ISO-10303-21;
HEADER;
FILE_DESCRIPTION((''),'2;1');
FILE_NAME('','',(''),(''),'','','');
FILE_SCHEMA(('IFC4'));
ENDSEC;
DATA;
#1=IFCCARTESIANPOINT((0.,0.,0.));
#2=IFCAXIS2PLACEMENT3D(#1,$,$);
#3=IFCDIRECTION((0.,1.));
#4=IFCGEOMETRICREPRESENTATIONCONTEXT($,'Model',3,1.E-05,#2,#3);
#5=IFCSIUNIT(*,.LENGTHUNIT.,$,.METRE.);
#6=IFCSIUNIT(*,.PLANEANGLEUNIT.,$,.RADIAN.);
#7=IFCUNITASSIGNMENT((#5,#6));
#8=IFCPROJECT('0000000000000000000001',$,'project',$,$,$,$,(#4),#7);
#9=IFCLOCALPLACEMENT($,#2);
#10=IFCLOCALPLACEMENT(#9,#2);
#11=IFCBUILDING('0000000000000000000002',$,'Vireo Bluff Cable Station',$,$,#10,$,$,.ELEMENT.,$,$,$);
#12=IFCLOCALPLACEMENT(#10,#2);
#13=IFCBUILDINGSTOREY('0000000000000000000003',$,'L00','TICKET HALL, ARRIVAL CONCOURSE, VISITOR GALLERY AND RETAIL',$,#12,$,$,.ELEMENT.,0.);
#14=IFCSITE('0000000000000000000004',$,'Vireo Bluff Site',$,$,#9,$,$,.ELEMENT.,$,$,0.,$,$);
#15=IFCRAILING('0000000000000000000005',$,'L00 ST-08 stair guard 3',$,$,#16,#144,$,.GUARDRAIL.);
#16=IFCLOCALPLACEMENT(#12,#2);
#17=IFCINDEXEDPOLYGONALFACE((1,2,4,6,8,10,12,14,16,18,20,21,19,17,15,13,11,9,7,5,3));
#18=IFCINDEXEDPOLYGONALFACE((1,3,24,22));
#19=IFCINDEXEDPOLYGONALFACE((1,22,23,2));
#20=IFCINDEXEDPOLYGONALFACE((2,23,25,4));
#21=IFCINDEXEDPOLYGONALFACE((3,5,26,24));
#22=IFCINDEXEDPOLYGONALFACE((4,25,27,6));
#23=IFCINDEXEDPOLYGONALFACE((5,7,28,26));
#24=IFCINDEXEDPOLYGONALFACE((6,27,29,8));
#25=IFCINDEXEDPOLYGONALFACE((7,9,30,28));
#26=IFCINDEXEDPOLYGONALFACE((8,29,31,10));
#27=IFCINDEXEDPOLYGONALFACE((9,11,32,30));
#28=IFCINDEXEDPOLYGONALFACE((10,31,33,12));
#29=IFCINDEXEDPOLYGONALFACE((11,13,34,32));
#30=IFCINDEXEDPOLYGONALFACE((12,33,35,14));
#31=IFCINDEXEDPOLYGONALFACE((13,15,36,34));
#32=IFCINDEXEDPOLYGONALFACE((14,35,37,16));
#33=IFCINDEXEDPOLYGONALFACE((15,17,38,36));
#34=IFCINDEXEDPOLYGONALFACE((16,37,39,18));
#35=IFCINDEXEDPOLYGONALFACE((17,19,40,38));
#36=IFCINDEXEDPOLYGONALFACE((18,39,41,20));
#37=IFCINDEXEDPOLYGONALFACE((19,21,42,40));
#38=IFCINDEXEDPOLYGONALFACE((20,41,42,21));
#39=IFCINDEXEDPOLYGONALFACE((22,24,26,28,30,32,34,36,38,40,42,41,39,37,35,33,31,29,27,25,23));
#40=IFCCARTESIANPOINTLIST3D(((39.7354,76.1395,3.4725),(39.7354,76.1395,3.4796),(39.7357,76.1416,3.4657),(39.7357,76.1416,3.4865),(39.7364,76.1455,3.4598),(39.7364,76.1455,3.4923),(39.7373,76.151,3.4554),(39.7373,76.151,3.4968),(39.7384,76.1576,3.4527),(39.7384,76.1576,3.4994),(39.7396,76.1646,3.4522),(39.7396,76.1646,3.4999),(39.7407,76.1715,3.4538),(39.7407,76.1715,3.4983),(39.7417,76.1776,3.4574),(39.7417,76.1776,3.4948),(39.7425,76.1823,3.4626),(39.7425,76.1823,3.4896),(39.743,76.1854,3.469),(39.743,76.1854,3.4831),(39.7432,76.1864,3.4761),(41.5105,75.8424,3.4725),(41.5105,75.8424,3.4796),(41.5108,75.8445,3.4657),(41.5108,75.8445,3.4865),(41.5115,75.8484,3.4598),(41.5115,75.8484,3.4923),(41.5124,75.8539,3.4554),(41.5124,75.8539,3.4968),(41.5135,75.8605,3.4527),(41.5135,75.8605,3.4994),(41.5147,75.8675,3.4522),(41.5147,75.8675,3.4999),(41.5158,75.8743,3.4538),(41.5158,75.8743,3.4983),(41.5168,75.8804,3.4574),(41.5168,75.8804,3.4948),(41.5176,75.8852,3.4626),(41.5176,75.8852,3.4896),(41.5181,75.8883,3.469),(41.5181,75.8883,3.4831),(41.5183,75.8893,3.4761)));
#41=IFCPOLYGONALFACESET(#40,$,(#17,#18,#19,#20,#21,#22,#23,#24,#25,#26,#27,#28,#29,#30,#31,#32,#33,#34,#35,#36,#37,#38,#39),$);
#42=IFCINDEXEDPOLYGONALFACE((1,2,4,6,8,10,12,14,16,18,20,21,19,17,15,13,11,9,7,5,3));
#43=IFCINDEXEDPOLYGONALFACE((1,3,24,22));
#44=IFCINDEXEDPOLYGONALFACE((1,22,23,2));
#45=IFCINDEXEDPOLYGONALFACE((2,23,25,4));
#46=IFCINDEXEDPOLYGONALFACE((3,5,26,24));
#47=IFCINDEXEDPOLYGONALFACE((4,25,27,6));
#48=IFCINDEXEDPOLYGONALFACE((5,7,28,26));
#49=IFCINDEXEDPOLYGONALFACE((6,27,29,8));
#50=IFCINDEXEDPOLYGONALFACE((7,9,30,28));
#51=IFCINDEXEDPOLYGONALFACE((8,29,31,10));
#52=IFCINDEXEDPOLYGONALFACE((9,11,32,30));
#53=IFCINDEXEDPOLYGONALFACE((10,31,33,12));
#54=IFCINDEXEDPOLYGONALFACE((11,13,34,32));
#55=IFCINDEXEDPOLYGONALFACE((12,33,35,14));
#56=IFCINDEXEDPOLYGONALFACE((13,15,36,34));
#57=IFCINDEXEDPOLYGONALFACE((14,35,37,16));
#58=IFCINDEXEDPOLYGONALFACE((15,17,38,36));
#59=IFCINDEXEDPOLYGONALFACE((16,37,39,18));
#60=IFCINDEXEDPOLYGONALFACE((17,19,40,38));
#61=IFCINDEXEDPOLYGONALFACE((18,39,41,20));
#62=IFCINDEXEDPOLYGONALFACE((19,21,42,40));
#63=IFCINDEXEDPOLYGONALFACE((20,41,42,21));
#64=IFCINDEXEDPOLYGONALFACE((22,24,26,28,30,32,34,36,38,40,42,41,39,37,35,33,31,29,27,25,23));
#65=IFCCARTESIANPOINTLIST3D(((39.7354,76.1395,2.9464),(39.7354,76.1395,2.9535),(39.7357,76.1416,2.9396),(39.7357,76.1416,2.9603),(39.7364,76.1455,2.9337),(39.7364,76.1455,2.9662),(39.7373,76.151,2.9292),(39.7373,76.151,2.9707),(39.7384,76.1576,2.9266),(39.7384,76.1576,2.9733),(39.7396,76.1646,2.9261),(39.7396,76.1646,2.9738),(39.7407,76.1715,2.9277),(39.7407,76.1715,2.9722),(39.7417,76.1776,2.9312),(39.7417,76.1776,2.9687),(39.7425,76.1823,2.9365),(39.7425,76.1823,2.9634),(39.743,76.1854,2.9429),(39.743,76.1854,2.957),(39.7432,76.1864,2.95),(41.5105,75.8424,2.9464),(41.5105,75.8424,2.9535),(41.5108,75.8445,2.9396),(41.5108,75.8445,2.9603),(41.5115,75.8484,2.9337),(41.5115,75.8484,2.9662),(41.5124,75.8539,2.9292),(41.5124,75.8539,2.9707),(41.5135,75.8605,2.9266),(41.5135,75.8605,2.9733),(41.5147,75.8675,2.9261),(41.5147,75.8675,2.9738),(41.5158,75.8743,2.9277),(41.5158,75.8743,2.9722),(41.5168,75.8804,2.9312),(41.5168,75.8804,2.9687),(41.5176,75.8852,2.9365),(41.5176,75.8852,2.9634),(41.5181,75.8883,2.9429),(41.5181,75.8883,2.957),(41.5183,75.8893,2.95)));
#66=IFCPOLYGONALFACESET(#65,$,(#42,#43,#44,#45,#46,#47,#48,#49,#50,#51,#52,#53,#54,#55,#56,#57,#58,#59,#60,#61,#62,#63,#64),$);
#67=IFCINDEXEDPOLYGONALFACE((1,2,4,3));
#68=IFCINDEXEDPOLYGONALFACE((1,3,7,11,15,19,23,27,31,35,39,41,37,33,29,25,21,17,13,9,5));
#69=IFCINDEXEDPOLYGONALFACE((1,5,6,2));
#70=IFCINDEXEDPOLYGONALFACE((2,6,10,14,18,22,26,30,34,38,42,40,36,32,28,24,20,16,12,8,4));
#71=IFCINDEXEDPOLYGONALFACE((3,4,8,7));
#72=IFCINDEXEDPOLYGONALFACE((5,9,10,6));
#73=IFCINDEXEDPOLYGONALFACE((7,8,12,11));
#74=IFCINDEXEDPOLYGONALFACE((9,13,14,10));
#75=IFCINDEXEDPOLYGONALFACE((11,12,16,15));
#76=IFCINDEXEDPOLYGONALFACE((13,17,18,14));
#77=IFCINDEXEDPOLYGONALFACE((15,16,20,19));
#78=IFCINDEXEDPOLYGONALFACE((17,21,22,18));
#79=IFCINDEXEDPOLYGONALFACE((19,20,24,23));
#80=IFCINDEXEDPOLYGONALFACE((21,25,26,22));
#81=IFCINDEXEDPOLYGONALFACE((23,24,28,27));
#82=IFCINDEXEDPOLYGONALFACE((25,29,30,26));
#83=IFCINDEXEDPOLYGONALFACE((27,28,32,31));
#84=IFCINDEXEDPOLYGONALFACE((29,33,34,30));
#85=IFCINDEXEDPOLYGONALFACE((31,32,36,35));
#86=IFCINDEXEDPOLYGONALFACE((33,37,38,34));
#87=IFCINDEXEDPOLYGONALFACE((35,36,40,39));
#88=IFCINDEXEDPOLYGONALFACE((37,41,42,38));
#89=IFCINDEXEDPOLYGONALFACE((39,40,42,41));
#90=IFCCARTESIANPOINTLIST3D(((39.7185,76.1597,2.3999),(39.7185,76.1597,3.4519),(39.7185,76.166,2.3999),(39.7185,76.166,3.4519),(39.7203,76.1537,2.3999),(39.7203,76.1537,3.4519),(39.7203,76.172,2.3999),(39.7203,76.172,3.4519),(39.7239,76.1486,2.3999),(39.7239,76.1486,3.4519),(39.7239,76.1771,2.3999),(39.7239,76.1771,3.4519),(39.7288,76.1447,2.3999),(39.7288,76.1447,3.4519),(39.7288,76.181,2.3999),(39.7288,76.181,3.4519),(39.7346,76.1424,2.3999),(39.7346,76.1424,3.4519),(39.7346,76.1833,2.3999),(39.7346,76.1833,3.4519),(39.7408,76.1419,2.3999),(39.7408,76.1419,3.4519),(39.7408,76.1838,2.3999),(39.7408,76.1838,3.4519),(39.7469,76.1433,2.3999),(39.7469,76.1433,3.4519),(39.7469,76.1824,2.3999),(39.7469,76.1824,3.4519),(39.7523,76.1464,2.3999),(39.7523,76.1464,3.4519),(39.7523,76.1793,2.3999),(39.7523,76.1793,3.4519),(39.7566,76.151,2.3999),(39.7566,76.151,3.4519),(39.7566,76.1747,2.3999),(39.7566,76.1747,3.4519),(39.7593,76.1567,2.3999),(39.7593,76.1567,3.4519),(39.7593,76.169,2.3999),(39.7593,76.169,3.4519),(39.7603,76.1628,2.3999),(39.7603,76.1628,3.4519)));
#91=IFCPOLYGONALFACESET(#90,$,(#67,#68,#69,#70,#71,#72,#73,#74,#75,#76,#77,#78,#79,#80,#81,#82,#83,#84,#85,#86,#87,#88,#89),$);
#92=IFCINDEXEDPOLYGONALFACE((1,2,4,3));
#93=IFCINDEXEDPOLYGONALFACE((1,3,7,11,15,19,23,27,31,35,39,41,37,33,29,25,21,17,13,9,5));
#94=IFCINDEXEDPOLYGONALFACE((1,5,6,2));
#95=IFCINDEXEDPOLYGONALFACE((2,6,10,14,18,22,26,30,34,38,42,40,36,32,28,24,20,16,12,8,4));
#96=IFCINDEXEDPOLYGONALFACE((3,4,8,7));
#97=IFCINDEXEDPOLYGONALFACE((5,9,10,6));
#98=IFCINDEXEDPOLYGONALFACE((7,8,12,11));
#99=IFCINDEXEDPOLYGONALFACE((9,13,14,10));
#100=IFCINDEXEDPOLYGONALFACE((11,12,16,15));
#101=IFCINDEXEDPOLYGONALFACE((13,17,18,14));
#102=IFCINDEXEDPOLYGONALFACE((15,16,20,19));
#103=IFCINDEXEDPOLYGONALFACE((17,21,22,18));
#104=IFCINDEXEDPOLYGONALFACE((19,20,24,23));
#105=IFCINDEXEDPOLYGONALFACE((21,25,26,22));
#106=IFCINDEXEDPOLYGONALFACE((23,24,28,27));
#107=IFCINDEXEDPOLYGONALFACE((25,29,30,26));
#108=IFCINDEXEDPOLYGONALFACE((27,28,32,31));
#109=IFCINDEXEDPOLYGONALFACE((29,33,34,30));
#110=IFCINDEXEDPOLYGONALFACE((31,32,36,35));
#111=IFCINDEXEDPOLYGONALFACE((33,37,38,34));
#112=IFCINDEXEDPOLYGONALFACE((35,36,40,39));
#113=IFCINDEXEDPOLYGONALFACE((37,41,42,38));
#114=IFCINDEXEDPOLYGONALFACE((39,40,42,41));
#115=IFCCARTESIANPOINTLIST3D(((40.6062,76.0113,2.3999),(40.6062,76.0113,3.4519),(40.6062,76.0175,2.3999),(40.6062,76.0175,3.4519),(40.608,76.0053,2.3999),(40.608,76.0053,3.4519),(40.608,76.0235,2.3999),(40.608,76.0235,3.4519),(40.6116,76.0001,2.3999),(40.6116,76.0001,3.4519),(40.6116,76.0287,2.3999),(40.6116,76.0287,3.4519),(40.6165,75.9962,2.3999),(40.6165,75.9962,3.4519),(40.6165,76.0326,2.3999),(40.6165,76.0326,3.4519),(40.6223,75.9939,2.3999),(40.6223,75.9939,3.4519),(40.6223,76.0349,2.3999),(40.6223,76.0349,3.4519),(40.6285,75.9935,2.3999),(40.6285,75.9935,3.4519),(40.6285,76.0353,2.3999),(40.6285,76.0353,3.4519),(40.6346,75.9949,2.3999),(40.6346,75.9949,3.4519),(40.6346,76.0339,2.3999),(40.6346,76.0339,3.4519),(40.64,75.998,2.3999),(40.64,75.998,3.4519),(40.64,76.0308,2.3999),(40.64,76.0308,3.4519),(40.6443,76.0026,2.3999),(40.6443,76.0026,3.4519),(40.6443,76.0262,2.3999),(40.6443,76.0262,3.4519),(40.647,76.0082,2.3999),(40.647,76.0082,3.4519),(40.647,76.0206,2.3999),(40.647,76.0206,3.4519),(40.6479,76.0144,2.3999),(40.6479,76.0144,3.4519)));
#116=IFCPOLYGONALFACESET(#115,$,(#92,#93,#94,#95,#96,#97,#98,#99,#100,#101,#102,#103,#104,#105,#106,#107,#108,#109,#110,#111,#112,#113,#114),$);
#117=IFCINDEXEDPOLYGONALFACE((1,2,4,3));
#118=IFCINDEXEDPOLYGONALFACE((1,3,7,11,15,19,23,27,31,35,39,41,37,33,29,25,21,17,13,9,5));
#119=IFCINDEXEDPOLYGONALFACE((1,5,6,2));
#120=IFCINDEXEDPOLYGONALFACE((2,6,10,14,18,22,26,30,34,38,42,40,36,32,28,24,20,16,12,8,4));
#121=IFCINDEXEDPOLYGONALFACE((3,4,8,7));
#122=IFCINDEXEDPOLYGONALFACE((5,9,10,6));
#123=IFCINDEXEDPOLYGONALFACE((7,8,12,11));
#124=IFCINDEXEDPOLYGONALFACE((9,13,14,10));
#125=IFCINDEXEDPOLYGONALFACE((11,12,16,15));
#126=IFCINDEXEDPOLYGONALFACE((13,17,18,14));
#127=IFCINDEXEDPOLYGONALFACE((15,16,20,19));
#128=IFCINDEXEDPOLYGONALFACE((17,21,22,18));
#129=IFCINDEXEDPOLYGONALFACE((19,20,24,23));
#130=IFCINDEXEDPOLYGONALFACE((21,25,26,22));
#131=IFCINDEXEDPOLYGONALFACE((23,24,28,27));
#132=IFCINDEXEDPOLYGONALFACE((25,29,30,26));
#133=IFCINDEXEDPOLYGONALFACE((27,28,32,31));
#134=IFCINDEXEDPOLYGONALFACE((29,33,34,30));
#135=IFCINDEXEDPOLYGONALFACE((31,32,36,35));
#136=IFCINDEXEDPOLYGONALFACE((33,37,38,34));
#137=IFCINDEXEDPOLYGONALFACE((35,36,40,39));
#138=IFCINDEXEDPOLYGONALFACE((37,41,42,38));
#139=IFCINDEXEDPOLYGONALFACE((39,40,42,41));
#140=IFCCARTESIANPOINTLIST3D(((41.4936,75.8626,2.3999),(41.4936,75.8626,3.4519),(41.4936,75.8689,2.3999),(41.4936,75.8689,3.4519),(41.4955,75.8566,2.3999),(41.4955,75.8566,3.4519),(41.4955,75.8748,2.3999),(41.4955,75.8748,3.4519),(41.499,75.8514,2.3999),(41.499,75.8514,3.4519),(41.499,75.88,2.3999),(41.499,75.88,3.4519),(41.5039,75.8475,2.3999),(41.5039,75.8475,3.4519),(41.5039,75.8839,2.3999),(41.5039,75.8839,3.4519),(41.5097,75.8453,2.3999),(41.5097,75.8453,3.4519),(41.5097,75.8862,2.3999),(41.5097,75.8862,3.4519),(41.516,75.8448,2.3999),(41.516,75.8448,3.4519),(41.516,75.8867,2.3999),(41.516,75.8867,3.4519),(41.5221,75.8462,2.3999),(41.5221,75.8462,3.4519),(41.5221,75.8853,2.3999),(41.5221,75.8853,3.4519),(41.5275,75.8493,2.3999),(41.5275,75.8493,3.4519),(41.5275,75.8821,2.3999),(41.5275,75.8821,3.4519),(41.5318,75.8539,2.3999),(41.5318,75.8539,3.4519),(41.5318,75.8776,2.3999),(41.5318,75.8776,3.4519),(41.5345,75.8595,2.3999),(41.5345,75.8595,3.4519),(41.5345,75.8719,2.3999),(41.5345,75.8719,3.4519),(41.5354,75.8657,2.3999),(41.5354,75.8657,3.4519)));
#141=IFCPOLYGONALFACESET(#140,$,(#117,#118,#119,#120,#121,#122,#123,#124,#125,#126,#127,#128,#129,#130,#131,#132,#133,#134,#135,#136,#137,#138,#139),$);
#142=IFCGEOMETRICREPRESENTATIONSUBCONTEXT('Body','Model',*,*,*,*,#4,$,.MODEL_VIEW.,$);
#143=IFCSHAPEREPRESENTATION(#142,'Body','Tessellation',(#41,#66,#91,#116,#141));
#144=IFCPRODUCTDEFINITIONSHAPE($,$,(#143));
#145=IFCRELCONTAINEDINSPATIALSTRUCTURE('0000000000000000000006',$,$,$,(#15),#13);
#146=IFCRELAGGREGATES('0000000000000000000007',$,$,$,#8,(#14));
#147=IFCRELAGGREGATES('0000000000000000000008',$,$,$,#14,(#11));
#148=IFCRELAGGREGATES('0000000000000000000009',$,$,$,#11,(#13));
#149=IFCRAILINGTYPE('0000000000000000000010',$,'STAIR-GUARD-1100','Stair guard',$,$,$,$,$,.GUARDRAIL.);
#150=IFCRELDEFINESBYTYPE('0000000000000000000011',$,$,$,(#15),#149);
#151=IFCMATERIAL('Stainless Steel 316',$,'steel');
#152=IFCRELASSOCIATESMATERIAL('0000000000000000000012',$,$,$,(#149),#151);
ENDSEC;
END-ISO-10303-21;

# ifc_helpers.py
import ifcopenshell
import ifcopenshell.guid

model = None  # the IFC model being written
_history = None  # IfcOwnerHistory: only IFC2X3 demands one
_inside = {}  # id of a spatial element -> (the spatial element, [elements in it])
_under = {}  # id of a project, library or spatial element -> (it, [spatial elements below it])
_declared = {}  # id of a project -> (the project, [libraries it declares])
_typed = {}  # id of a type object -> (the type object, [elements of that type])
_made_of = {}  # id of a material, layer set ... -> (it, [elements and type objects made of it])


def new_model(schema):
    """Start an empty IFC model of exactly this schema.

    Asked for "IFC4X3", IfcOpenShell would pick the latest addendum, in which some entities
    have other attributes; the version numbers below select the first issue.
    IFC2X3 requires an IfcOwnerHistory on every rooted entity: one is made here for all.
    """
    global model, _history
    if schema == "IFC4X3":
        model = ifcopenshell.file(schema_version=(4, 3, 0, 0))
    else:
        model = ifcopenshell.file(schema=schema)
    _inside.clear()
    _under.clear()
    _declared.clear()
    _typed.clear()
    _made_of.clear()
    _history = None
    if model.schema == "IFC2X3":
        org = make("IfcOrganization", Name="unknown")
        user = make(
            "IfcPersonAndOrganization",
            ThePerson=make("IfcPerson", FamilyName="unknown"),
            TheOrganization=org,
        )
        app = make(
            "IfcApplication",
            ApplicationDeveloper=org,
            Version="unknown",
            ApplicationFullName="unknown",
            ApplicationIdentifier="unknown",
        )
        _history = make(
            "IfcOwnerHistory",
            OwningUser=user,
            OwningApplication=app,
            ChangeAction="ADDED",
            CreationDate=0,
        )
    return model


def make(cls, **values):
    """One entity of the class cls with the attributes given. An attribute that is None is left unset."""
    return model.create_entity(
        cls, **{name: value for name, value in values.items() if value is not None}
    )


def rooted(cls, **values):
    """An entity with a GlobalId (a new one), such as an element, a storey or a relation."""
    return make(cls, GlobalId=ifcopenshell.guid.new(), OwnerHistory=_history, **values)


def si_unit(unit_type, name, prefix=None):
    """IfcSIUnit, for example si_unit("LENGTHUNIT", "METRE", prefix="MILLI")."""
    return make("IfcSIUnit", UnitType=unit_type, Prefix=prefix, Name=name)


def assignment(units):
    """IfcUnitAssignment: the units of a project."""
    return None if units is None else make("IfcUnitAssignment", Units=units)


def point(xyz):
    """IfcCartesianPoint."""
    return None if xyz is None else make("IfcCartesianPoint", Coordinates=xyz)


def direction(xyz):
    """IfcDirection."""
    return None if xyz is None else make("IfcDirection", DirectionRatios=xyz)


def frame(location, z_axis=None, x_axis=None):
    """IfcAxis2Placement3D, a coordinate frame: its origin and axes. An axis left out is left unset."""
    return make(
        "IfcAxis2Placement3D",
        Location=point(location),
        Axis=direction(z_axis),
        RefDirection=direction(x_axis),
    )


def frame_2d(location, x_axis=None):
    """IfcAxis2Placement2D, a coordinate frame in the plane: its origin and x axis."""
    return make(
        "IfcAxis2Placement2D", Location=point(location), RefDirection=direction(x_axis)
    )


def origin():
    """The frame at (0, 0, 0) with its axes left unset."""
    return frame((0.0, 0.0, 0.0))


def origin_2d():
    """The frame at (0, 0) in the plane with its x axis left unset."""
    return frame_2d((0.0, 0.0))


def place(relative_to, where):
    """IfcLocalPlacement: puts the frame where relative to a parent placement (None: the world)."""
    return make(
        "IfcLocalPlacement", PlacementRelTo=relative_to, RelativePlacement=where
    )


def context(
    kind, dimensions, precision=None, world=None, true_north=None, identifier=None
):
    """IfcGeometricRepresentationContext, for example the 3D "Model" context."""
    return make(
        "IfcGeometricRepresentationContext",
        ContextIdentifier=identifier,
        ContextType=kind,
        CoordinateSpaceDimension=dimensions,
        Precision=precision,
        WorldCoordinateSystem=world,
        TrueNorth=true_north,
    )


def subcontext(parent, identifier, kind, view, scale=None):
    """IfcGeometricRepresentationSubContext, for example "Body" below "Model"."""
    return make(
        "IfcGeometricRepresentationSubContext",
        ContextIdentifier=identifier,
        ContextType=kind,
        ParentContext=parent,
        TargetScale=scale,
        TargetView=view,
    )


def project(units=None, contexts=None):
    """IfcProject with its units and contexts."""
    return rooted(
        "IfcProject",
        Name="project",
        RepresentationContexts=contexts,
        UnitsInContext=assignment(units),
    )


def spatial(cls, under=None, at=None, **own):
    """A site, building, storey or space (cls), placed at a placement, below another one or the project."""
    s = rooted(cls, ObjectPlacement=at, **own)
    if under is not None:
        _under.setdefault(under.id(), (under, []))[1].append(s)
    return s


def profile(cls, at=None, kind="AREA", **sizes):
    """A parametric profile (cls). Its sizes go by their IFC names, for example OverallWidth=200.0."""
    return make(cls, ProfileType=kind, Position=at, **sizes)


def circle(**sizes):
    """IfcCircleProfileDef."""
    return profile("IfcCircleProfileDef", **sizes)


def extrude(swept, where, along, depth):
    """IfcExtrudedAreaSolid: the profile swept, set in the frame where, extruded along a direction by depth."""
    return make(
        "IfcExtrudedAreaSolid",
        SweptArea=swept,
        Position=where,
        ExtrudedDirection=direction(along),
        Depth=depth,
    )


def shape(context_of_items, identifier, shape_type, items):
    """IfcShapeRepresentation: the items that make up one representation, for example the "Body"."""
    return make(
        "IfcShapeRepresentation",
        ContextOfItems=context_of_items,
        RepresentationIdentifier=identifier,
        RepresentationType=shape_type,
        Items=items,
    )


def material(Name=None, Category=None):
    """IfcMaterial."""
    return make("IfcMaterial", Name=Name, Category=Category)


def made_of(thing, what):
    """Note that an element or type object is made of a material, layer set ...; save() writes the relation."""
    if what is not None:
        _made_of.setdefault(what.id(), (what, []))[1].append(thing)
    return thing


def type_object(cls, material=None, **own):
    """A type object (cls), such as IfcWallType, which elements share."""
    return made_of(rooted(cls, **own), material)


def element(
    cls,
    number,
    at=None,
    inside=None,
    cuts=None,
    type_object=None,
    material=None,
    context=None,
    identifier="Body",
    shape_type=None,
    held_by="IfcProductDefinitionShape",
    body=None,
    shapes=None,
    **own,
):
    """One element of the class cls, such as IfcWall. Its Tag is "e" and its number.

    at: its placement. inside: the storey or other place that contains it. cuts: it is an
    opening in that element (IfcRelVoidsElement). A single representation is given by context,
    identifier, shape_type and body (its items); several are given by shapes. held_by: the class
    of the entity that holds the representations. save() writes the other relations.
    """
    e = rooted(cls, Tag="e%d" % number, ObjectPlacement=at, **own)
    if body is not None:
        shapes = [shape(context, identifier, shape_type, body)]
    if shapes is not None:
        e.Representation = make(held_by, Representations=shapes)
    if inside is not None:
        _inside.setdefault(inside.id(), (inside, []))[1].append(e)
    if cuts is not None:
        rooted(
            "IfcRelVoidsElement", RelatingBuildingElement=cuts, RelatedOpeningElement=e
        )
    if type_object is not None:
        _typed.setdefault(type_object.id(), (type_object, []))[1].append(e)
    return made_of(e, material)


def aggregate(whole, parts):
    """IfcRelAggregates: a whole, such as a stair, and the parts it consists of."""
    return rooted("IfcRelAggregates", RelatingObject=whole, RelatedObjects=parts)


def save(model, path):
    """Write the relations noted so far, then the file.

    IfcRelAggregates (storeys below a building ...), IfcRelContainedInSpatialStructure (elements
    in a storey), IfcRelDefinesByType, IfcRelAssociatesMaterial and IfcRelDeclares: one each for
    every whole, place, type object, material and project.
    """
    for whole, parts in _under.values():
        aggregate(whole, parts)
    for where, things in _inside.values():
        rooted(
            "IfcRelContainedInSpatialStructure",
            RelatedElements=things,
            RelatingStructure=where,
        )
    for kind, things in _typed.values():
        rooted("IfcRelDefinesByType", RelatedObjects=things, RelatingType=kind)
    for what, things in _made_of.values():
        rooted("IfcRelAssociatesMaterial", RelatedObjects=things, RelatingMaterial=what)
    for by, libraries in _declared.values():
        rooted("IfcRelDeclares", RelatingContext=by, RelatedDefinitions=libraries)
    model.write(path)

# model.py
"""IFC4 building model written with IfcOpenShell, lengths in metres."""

from ifc_helpers import new_model, si_unit, direction, frame, origin, origin_2d, place, context, subcontext, project, spatial, circle, extrude, material, type_object, element, save


model = new_model("IFC4")

# Units and contexts
model_context = context("Model", 3, precision=1e-05, world=origin(), true_north=direction((0.0, 1.0)))
body_context = subcontext(model_context, "Body", "Model", "MODEL_VIEW")
ifc_project = project(units=[si_unit("LENGTHUNIT", "METRE"), si_unit("PLANEANGLEUNIT", "RADIAN")], contexts=[model_context])

# Site, building, storey
site_placement = place(None, origin())
site = spatial("IfcSite", under=ifc_project, at=site_placement, Name="Vireo Bluff Site", CompositionType="ELEMENT", RefElevation=0.0)
building_placement = place(site_placement, origin())
building = spatial("IfcBuilding", under=site, at=building_placement, Name="Vireo Bluff Cable Station", CompositionType="ELEMENT")
storey_placement = place(building_placement, origin())
storey = spatial("IfcBuildingStorey", under=building, at=storey_placement, Name="L00", Description="TICKET HALL, ARRIVAL CONCOURSE, VISITOR GALLERY AND RETAIL", CompositionType="ELEMENT", Elevation=0.0)

# Railing
ifc_material_1 = material(Name="Stainless Steel 316", Category="steel")
railing_type_1 = type_object("IfcRailingType", Name="STAIR-GUARD-1100", Description="Stair guard", PredefinedType="GUARDRAIL", material=ifc_material_1)
railing_1_placement = place(storey_placement, frame((39.7393, 76.1628, 2.3999)))
element("IfcRailing", 1, at=railing_1_placement, inside=storey, type_object=railing_type_1, Name="L00 ST-08 stair guard 3", PredefinedType="GUARDRAIL", context=body_context, shape_type="SweptSolid", body=[
    extrude(circle(Radius=0.0239, at=origin_2d()), frame((0.0, 0.0, 1.0762), z_axis=(0.98628, -0.165081, 0.0), x_axis=(0.165081, 0.98628, 0.0)), (0.0, 0.0, 1.0), 1.7998),
    extrude(circle(Radius=0.0239, at=origin_2d()), frame((0.0, 0.0, 0.55), z_axis=(0.98628, -0.165081, 0.0), x_axis=(0.165081, 0.98628, 0.0)), (0.0, 0.0, 1.0), 1.7998),
    extrude(circle(Radius=0.021, at=origin_2d()), origin(), (0.0, 0.0, 1.0), 1.052),
    extrude(circle(Radius=0.021, at=origin_2d()), frame((0.8877, -0.1484, 0.0)), (0.0, 0.0, 1.0), 1.052),
    extrude(circle(Radius=0.021, at=origin_2d()), frame((1.7751, -0.2971, 0.0)), (0.0, 0.0, 1.0), 1.052),
])

save(model, "model.ifc")
